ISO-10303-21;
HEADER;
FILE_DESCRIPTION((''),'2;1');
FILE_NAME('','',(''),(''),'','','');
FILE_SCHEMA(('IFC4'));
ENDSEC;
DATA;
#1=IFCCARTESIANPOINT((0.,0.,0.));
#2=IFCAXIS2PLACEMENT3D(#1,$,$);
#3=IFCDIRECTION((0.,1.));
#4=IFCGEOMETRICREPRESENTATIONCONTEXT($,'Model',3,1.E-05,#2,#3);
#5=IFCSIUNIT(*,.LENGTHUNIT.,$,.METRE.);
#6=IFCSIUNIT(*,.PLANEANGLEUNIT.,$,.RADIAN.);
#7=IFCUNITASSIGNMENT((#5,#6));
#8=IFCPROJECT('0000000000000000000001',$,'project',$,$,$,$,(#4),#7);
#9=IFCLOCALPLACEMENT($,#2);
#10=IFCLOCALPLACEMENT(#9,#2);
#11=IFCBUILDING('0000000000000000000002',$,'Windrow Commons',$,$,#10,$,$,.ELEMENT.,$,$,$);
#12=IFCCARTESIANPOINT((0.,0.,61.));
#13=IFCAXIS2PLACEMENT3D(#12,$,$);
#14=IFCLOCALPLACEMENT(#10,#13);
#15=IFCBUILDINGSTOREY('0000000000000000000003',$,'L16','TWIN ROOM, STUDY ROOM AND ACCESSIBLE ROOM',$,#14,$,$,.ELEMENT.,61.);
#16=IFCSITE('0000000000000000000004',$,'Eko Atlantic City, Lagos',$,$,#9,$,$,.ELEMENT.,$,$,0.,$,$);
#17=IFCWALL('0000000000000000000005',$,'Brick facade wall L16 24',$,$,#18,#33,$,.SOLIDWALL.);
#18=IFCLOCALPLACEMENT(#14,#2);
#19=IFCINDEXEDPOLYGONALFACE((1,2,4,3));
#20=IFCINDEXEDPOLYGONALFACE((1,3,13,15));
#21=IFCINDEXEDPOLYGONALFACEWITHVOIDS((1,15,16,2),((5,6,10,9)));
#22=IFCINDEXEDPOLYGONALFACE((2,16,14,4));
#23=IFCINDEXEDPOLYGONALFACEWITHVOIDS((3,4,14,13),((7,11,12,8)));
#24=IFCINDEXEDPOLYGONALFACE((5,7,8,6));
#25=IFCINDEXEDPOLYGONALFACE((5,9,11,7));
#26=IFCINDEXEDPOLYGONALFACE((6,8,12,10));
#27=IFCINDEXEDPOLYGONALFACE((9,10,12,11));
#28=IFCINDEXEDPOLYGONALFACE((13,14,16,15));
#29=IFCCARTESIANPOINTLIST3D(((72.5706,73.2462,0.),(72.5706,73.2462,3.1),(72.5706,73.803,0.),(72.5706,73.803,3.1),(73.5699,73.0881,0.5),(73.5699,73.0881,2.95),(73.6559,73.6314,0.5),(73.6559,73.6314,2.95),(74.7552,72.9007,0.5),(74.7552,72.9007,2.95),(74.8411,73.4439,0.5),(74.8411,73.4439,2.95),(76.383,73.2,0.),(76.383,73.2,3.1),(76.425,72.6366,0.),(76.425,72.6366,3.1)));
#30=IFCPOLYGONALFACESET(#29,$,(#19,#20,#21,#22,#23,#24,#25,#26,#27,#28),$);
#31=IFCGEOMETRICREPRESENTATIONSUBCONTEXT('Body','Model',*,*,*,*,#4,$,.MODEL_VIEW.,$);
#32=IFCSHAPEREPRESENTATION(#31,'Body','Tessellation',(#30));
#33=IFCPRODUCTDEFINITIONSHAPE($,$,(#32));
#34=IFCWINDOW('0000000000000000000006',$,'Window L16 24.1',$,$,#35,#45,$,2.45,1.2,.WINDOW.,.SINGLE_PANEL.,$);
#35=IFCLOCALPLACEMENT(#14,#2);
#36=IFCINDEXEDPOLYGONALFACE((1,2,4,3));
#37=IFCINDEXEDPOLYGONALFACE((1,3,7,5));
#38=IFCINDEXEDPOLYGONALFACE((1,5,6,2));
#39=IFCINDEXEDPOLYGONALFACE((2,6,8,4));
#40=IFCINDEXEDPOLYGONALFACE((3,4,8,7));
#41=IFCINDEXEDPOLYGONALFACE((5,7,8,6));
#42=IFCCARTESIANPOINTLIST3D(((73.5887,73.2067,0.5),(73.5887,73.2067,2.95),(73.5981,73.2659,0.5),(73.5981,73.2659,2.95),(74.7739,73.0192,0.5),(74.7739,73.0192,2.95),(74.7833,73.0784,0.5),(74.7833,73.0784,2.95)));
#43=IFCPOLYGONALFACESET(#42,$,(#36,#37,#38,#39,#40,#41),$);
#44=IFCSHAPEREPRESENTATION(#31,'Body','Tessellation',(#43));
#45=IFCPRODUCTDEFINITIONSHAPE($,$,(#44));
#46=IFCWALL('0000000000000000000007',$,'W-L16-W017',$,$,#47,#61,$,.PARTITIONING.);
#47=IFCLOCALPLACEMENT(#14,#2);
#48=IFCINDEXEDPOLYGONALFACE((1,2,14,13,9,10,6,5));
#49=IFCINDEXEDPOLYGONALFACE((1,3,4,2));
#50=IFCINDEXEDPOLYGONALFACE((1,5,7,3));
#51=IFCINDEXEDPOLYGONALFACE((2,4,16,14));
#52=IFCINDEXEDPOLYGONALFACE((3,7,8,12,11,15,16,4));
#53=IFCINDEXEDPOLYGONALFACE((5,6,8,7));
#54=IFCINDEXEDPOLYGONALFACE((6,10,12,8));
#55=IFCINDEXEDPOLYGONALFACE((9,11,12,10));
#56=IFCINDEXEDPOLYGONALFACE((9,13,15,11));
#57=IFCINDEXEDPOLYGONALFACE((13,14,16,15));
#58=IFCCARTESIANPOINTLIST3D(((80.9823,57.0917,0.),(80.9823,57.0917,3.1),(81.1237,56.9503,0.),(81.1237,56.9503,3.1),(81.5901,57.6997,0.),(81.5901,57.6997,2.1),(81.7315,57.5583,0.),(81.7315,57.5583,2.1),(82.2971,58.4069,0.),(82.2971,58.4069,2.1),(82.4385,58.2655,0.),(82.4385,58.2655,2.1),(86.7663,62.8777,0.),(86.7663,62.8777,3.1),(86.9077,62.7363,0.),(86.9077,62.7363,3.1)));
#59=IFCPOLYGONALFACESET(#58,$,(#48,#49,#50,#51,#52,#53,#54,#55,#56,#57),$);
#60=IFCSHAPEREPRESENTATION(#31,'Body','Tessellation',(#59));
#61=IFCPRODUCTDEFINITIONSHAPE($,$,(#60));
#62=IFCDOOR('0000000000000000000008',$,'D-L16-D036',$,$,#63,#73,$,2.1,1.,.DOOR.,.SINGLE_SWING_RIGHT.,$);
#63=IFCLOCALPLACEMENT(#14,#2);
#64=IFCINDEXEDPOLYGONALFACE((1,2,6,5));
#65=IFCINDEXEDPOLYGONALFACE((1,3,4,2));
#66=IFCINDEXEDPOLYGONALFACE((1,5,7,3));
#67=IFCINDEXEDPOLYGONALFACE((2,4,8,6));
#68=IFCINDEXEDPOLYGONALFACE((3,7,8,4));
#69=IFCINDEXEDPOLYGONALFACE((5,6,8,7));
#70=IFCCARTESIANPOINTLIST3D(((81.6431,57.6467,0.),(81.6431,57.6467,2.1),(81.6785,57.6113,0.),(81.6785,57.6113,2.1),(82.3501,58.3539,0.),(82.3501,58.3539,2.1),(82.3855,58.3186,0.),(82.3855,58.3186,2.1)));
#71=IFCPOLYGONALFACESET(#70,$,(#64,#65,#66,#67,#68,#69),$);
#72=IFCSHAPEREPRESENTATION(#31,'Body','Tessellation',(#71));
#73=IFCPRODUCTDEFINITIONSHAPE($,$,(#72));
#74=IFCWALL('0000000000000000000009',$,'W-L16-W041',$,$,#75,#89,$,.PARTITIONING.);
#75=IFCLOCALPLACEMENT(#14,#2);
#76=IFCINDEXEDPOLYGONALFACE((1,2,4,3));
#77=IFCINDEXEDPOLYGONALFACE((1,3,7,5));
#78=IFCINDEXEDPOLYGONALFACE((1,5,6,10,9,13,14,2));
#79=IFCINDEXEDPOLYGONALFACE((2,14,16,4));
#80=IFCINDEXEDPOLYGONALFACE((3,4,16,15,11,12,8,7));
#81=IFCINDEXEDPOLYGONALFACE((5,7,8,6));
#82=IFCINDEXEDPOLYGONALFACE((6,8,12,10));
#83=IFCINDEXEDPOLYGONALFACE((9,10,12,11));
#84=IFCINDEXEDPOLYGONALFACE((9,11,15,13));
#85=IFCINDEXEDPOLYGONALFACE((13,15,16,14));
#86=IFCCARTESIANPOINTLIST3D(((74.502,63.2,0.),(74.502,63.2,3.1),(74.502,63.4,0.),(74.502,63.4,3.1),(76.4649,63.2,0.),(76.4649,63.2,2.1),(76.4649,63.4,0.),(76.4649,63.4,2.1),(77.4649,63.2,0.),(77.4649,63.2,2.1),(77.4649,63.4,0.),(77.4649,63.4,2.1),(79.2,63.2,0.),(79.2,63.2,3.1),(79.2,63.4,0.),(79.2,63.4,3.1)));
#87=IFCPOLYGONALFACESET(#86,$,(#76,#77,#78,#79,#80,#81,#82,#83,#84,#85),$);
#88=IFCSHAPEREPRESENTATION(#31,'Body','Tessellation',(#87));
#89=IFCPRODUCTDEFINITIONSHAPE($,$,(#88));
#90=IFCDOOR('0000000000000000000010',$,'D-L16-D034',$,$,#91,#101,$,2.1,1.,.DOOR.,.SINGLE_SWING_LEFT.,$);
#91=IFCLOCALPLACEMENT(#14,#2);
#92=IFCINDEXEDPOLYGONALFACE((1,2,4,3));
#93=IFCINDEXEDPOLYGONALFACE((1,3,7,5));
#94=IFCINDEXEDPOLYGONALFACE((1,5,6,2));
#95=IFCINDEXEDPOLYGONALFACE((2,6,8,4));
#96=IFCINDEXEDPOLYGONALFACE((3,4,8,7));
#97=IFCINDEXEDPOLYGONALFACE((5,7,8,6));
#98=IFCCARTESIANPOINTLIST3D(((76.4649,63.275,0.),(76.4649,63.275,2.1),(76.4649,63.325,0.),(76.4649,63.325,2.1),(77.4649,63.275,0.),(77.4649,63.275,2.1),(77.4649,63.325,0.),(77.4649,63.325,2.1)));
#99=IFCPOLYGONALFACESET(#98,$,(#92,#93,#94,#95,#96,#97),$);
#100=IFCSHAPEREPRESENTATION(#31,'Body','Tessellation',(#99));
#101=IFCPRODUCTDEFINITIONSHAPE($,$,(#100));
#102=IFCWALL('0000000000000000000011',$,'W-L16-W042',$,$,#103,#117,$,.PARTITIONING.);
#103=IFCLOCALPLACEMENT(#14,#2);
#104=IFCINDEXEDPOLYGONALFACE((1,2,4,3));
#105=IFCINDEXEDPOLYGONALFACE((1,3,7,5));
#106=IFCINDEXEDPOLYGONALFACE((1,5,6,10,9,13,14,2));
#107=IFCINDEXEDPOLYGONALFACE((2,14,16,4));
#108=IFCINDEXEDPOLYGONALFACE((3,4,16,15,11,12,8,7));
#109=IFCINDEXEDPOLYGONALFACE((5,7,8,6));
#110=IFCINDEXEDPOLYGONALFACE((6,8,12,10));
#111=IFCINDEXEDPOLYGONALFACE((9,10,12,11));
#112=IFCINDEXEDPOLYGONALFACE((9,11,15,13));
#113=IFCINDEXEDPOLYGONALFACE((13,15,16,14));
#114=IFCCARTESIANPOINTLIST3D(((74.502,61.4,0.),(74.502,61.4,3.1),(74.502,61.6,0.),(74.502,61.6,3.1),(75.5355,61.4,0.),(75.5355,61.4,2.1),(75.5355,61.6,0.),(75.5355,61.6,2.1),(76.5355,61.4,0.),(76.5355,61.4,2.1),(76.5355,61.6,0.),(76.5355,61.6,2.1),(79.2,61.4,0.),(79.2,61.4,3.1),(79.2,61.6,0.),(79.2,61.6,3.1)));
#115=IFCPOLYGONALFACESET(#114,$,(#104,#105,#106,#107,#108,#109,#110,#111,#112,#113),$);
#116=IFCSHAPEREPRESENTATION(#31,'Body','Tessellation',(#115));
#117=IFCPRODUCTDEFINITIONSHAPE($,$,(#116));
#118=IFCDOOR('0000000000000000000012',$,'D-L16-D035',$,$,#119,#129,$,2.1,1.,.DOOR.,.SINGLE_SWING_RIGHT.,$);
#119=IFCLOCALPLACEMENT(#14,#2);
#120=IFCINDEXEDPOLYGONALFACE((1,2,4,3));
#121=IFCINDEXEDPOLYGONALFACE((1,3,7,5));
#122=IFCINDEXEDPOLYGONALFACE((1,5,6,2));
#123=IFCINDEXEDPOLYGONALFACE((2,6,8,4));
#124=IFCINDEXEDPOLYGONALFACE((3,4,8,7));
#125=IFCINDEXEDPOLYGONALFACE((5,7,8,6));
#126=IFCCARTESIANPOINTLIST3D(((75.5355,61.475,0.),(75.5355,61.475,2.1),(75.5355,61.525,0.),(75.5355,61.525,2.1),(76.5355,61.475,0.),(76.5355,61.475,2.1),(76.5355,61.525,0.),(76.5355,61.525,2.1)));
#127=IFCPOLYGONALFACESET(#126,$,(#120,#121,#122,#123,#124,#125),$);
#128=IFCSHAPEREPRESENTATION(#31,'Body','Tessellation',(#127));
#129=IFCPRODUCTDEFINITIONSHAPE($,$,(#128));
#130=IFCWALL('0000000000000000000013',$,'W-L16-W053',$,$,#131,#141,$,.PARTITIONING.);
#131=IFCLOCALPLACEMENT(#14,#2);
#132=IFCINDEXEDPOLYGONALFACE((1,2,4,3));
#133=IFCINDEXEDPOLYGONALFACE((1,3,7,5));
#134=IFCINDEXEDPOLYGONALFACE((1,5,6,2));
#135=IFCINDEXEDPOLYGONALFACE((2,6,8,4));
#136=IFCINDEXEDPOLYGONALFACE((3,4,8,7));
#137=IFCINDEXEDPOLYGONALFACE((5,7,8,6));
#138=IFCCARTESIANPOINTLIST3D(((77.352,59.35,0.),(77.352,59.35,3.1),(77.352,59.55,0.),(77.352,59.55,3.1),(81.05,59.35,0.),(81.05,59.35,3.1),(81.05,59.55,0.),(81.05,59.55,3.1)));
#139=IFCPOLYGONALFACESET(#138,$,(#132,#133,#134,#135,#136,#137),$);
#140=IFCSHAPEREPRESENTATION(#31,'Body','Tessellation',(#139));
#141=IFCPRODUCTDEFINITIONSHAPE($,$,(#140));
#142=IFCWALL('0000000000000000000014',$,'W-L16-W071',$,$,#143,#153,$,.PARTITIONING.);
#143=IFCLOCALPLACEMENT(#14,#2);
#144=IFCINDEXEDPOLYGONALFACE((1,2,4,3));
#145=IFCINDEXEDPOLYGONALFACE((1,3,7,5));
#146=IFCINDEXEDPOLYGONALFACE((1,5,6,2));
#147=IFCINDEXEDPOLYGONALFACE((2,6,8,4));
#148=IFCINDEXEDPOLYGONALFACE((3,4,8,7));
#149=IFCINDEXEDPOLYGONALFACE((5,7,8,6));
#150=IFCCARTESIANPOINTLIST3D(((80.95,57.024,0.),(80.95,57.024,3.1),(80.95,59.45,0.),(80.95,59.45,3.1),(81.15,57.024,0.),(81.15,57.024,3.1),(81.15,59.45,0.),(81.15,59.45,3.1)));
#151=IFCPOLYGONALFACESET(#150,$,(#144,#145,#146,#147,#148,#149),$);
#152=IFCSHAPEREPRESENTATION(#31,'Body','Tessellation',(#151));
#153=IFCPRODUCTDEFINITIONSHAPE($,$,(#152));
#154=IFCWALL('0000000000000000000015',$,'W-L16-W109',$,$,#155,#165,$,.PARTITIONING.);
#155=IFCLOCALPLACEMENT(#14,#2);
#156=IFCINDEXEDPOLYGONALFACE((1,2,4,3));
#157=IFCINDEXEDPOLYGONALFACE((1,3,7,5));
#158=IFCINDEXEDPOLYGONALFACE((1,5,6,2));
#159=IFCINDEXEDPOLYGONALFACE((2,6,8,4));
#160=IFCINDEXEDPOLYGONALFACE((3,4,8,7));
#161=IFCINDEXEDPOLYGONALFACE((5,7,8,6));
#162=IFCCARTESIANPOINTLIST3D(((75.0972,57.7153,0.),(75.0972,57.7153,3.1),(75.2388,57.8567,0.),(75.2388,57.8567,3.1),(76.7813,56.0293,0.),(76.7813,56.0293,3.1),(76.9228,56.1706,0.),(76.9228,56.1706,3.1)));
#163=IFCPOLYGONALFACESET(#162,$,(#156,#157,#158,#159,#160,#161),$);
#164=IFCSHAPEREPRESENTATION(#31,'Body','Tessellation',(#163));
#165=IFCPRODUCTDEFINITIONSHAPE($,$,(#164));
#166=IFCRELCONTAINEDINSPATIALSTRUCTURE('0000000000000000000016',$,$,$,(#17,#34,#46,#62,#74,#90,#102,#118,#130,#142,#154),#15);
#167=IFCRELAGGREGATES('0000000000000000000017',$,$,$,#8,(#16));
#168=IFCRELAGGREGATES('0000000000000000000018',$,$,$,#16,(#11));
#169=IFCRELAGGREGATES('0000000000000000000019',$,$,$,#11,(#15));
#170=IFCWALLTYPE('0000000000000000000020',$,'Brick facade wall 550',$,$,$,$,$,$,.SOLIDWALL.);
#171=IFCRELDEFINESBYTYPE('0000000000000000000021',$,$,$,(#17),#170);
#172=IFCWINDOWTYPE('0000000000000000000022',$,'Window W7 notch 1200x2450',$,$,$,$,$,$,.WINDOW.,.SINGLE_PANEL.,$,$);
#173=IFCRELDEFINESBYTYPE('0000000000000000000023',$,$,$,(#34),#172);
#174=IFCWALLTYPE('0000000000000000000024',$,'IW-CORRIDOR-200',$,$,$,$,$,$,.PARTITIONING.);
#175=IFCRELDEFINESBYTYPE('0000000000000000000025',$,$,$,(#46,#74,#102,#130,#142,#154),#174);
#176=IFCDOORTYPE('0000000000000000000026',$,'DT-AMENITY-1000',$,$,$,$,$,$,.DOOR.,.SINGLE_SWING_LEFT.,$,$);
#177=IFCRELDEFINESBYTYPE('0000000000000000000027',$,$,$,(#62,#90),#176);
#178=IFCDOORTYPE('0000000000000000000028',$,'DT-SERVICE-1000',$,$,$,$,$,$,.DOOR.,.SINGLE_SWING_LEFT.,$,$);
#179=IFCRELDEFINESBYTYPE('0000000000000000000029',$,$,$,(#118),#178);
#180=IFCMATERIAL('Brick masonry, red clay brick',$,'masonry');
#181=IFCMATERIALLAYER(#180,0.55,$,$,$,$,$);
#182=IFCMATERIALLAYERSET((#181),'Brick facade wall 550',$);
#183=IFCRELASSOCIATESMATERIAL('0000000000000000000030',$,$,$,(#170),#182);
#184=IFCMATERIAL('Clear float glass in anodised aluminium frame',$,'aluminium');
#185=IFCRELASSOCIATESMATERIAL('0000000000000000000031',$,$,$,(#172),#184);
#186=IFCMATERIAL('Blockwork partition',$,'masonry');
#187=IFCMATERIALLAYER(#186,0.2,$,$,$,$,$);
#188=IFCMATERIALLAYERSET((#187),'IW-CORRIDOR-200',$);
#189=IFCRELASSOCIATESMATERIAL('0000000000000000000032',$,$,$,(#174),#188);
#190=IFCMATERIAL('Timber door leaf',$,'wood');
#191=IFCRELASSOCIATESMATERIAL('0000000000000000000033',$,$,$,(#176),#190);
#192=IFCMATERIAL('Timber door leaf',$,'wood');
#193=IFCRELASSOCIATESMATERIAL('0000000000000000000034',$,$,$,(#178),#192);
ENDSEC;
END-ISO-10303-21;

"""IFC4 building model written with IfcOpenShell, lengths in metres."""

from ifc_helpers import new_model, si_unit, direction, frame, frame_2d, origin, place, context, subcontext, project, spatial, polyline, rectangle, outline, extrude, material, layer, layer_set, type_object, element, fill, save


model = new_model("IFC4")

# Units and contexts
model_context = context("Model", 3, precision=1e-05, world=origin(), true_north=direction((0.0, 1.0)))
body_context = subcontext(model_context, "Body", "Model", "MODEL_VIEW")
ifc_project = project(units=[si_unit("LENGTHUNIT", "METRE"), si_unit("PLANEANGLEUNIT", "RADIAN")], contexts=[model_context])

# Site, building, storey
site_placement = place(None, origin())
site = spatial("IfcSite", under=ifc_project, at=site_placement, Name="Eko Atlantic City, Lagos", CompositionType="ELEMENT", RefElevation=0.0)
building_placement = place(site_placement, origin())
building = spatial("IfcBuilding", under=site, at=building_placement, Name="Windrow Commons", CompositionType="ELEMENT")
storey_placement = place(building_placement, frame((0.0, 0.0, 61.0)))
storey = spatial("IfcBuildingStorey", under=building, at=storey_placement, Name="L16", Description="TWIN ROOM, STUDY ROOM AND ACCESSIBLE ROOM", CompositionType="ELEMENT", Elevation=61.0)

# Wall, opening, window
ifc_material_1 = material(Name="Brick masonry, red clay brick", Category="masonry")
ifc_layer_1 = layer(ifc_material_1, 0.55)
ifc_layer_set_1 = layer_set([ifc_layer_1], Name="Brick facade wall 550")
wall_type_1 = type_object("IfcWallType", Name="Brick facade wall 550", PredefinedType="SOLIDWALL", material=ifc_layer_set_1)
ifc_material_2 = material(Name="Clear float glass in anodised aluminium frame", Category="aluminium")
window_type = type_object("IfcWindowType", Name="Window W7 notch 1200x2450", PartitioningType="SINGLE_PANEL", PredefinedType="WINDOW", material=ifc_material_2)
wall_1_placement = place(storey_placement, frame((76.404, 72.9183, 0.0), z_axis=(0.0, 0.0, 1.0), x_axis=(-0.987722, 0.156221, 0.0)))
wall_1 = element("IfcWall", 1, at=wall_1_placement, inside=storey, type_object=wall_type_1, Name="Brick facade wall L16 24", PredefinedType="SOLIDWALL", context=body_context, shape_type="SweptSolid", body=[
    extrude(outline(polyline([(0.0648, -0.275), (3.9245, -0.275), (3.8376, 0.275), (-0.0648, 0.275), (0.0648, -0.275)])), origin(), (0.0, 0.0, 1.0), 3.1),
])
opening_1_placement = place(wall_1_placement, frame((1.6258, 0.0, 0.5)))
opening_1 = element("IfcOpeningElement", 2, at=opening_1_placement, cuts=wall_1, PredefinedType="OPENING", context=body_context, shape_type="SweptSolid", body=[
    extrude(rectangle(XDim=1.2, YDim=2.45, at=frame_2d((0.6, 1.225))), frame((0.0, 0.285, 0.0), z_axis=(0.0, -1.0, 0.0), x_axis=(1.0, 0.0, 0.0)), (0.0, 0.0, 1.0), 0.57),
])
window_1_placement = place(opening_1_placement, origin())
window_1 = element("IfcWindow", 3, at=window_1_placement, inside=storey, type_object=window_type, Name="Window L16 24.1", OverallHeight=2.45, OverallWidth=1.2, PartitioningType="SINGLE_PANEL", PredefinedType="WINDOW", context=body_context, shape_type="SweptSolid", body=[
    extrude(rectangle(XDim=1.2, YDim=2.45, at=frame_2d((0.6, 1.225))), frame((0.0, 0.155, 0.0), z_axis=(0.0, -1.0, 0.0), x_axis=(1.0, 0.0, 0.0)), (0.0, 0.0, 1.0), 0.06),
])
fill(opening_1, window_1)

# Walls, openings, doors
ifc_material_3 = material(Name="Blockwork partition", Category="masonry")
ifc_layer_2 = layer(ifc_material_3, 0.2)
ifc_layer_set_2 = layer_set([ifc_layer_2], Name="IW-CORRIDOR-200")
wall_type_2 = type_object("IfcWallType", Name="IW-CORRIDOR-200", PredefinedType="PARTITIONING", material=ifc_layer_set_2)
wall_2_placement = place(storey_placement, frame((81.053, 57.021, 0.0), z_axis=(0.0, 0.0, 1.0), x_axis=(0.706985, 0.707229, 0.0)))
wall_2 = element("IfcWall", 4, at=wall_2_placement, inside=storey, type_object=wall_type_2, Name="W-L16-W017", PredefinedType="PARTITIONING", context=body_context, shape_type="SweptSolid", body=[
    extrude(rectangle(XDim=8.1812, YDim=0.2, at=frame_2d((4.0906, 0.0))), origin(), (0.0, 0.0, 1.0), 3.1),
])
opening_2_placement = place(wall_2_placement, frame((0.8597, 0.0, 0.0)))
opening_2 = element("IfcOpeningElement", 5, at=opening_2_placement, cuts=wall_2, PredefinedType="OPENING", context=body_context, shape_type="SweptSolid", body=[
    extrude(rectangle(XDim=1.0, YDim=2.1, at=frame_2d((0.5, 1.05))), frame((0.0, 0.11, 0.0), z_axis=(0.0, -1.0, 0.0), x_axis=(1.0, 0.0, 0.0)), (0.0, 0.0, 1.0), 0.22),
])
ifc_material_4 = material(Name="Timber door leaf", Category="wood")
door_type_1 = type_object("IfcDoorType", Name="DT-AMENITY-1000", OperationType="SINGLE_SWING_LEFT", PredefinedType="DOOR", material=ifc_material_4)
door_1_placement = place(opening_2_placement, origin())
door_1 = element("IfcDoor", 6, at=door_1_placement, inside=storey, type_object=door_type_1, Name="D-L16-D036", OperationType="SINGLE_SWING_RIGHT", OverallHeight=2.1, OverallWidth=1.0, PredefinedType="DOOR", context=body_context, shape_type="SweptSolid", body=[
    extrude(rectangle(XDim=1.0, YDim=2.1, at=frame_2d((0.5, 1.05))), frame((0.0, 0.025, 0.0), z_axis=(0.0, -1.0, 0.0), x_axis=(1.0, 0.0, 0.0)), (0.0, 0.0, 1.0), 0.05),
])
fill(opening_2, door_1)
wall_3_placement = place(storey_placement, frame((74.502, 63.3, 0.0), z_axis=(0.0, 0.0, 1.0), x_axis=(1.0, 0.0, 0.0)))
wall_3 = element("IfcWall", 7, at=wall_3_placement, inside=storey, type_object=wall_type_2, Name="W-L16-W041", PredefinedType="PARTITIONING", context=body_context, shape_type="SweptSolid", body=[
    extrude(rectangle(XDim=4.698, YDim=0.2, at=frame_2d((2.349, 0.0))), origin(), (0.0, 0.0, 1.0), 3.1),
])
opening_3_placement = place(wall_3_placement, frame((1.9629, 0.0, 0.0)))
opening_3 = element("IfcOpeningElement", 8, at=opening_3_placement, cuts=wall_3, PredefinedType="OPENING", context=body_context, shape_type="SweptSolid", body=[
    extrude(rectangle(XDim=1.0, YDim=2.1, at=frame_2d((0.5, 1.05))), frame((0.0, 0.11, 0.0), z_axis=(0.0, -1.0, 0.0), x_axis=(1.0, 0.0, 0.0)), (0.0, 0.0, 1.0), 0.22),
])
door_2_placement = place(opening_3_placement, origin())
door_2 = element("IfcDoor", 9, at=door_2_placement, inside=storey, type_object=door_type_1, Name="D-L16-D034", OperationType="SINGLE_SWING_LEFT", OverallHeight=2.1, OverallWidth=1.0, PredefinedType="DOOR", context=body_context, shape_type="SweptSolid", body=[
    extrude(rectangle(XDim=1.0, YDim=2.1, at=frame_2d((0.5, 1.05))), frame((0.0, 0.025, 0.0), z_axis=(0.0, -1.0, 0.0), x_axis=(1.0, 0.0, 0.0)), (0.0, 0.0, 1.0), 0.05),
])
fill(opening_3, door_2)
wall_4_placement = place(storey_placement, frame((74.502, 61.5, 0.0), z_axis=(0.0, 0.0, 1.0), x_axis=(1.0, 0.0, 0.0)))
wall_4 = element("IfcWall", 10, at=wall_4_placement, inside=storey, type_object=wall_type_2, Name="W-L16-W042", PredefinedType="PARTITIONING", context=body_context, shape_type="SweptSolid", body=[
    extrude(rectangle(XDim=4.698, YDim=0.2, at=frame_2d((2.349, 0.0))), origin(), (0.0, 0.0, 1.0), 3.1),
])
opening_4_placement = place(wall_4_placement, frame((1.0335, 0.0, 0.0)))
opening_4 = element("IfcOpeningElement", 11, at=opening_4_placement, cuts=wall_4, PredefinedType="OPENING", context=body_context, shape_type="SweptSolid", body=[
    extrude(rectangle(XDim=1.0, YDim=2.1, at=frame_2d((0.5, 1.05))), frame((0.0, 0.11, 0.0), z_axis=(0.0, -1.0, 0.0), x_axis=(1.0, 0.0, 0.0)), (0.0, 0.0, 1.0), 0.22),
])
ifc_material_5 = material(Name="Timber door leaf", Category="wood")
door_type_2 = type_object("IfcDoorType", Name="DT-SERVICE-1000", OperationType="SINGLE_SWING_LEFT", PredefinedType="DOOR", material=ifc_material_5)
door_3_placement = place(opening_4_placement, origin())
door_3 = element("IfcDoor", 12, at=door_3_placement, inside=storey, type_object=door_type_2, Name="D-L16-D035", OperationType="SINGLE_SWING_RIGHT", OverallHeight=2.1, OverallWidth=1.0, PredefinedType="DOOR", context=body_context, shape_type="SweptSolid", body=[
    extrude(rectangle(XDim=1.0, YDim=2.1, at=frame_2d((0.5, 1.05))), frame((0.0, 0.025, 0.0), z_axis=(0.0, -1.0, 0.0), x_axis=(1.0, 0.0, 0.0)), (0.0, 0.0, 1.0), 0.05),
])
fill(opening_4, door_3)

# Walls
wall_5_placement = place(storey_placement, frame((77.352, 59.45, 0.0), z_axis=(0.0, 0.0, 1.0), x_axis=(1.0, 0.0, 0.0)))
element("IfcWall", 13, at=wall_5_placement, inside=storey, type_object=wall_type_2, Name="W-L16-W053", PredefinedType="PARTITIONING", context=body_context, shape_type="SweptSolid", body=[
    extrude(rectangle(XDim=3.698, YDim=0.2, at=frame_2d((1.849, 0.0))), origin(), (0.0, 0.0, 1.0), 3.1),
])
wall_6_placement = place(storey_placement, frame((81.05, 57.024, 0.0), z_axis=(0.0, 0.0, 1.0), x_axis=(0.0, 1.0, 0.0)))
element("IfcWall", 14, at=wall_6_placement, inside=storey, type_object=wall_type_2, Name="W-L16-W071", PredefinedType="PARTITIONING", context=body_context, shape_type="SweptSolid", body=[
    extrude(rectangle(XDim=2.426, YDim=0.2, at=frame_2d((1.213, 0.0))), origin(), (0.0, 0.0, 1.0), 3.1),
])
wall_7_placement = place(storey_placement, frame((75.168, 57.786, 0.0), z_axis=(0.0, 0.0, 1.0), x_axis=(0.706687, -0.707526, 0.0)))
element("IfcWall", 15, at=wall_7_placement, inside=storey, type_object=wall_type_2, Name="W-L16-W109", PredefinedType="PARTITIONING", context=body_context, shape_type="SweptSolid", body=[
    extrude(rectangle(XDim=2.383, YDim=0.2, at=frame_2d((1.1915, 0.0))), origin(), (0.0, 0.0, 1.0), 3.1),
])

save(model, "model.ifc")
